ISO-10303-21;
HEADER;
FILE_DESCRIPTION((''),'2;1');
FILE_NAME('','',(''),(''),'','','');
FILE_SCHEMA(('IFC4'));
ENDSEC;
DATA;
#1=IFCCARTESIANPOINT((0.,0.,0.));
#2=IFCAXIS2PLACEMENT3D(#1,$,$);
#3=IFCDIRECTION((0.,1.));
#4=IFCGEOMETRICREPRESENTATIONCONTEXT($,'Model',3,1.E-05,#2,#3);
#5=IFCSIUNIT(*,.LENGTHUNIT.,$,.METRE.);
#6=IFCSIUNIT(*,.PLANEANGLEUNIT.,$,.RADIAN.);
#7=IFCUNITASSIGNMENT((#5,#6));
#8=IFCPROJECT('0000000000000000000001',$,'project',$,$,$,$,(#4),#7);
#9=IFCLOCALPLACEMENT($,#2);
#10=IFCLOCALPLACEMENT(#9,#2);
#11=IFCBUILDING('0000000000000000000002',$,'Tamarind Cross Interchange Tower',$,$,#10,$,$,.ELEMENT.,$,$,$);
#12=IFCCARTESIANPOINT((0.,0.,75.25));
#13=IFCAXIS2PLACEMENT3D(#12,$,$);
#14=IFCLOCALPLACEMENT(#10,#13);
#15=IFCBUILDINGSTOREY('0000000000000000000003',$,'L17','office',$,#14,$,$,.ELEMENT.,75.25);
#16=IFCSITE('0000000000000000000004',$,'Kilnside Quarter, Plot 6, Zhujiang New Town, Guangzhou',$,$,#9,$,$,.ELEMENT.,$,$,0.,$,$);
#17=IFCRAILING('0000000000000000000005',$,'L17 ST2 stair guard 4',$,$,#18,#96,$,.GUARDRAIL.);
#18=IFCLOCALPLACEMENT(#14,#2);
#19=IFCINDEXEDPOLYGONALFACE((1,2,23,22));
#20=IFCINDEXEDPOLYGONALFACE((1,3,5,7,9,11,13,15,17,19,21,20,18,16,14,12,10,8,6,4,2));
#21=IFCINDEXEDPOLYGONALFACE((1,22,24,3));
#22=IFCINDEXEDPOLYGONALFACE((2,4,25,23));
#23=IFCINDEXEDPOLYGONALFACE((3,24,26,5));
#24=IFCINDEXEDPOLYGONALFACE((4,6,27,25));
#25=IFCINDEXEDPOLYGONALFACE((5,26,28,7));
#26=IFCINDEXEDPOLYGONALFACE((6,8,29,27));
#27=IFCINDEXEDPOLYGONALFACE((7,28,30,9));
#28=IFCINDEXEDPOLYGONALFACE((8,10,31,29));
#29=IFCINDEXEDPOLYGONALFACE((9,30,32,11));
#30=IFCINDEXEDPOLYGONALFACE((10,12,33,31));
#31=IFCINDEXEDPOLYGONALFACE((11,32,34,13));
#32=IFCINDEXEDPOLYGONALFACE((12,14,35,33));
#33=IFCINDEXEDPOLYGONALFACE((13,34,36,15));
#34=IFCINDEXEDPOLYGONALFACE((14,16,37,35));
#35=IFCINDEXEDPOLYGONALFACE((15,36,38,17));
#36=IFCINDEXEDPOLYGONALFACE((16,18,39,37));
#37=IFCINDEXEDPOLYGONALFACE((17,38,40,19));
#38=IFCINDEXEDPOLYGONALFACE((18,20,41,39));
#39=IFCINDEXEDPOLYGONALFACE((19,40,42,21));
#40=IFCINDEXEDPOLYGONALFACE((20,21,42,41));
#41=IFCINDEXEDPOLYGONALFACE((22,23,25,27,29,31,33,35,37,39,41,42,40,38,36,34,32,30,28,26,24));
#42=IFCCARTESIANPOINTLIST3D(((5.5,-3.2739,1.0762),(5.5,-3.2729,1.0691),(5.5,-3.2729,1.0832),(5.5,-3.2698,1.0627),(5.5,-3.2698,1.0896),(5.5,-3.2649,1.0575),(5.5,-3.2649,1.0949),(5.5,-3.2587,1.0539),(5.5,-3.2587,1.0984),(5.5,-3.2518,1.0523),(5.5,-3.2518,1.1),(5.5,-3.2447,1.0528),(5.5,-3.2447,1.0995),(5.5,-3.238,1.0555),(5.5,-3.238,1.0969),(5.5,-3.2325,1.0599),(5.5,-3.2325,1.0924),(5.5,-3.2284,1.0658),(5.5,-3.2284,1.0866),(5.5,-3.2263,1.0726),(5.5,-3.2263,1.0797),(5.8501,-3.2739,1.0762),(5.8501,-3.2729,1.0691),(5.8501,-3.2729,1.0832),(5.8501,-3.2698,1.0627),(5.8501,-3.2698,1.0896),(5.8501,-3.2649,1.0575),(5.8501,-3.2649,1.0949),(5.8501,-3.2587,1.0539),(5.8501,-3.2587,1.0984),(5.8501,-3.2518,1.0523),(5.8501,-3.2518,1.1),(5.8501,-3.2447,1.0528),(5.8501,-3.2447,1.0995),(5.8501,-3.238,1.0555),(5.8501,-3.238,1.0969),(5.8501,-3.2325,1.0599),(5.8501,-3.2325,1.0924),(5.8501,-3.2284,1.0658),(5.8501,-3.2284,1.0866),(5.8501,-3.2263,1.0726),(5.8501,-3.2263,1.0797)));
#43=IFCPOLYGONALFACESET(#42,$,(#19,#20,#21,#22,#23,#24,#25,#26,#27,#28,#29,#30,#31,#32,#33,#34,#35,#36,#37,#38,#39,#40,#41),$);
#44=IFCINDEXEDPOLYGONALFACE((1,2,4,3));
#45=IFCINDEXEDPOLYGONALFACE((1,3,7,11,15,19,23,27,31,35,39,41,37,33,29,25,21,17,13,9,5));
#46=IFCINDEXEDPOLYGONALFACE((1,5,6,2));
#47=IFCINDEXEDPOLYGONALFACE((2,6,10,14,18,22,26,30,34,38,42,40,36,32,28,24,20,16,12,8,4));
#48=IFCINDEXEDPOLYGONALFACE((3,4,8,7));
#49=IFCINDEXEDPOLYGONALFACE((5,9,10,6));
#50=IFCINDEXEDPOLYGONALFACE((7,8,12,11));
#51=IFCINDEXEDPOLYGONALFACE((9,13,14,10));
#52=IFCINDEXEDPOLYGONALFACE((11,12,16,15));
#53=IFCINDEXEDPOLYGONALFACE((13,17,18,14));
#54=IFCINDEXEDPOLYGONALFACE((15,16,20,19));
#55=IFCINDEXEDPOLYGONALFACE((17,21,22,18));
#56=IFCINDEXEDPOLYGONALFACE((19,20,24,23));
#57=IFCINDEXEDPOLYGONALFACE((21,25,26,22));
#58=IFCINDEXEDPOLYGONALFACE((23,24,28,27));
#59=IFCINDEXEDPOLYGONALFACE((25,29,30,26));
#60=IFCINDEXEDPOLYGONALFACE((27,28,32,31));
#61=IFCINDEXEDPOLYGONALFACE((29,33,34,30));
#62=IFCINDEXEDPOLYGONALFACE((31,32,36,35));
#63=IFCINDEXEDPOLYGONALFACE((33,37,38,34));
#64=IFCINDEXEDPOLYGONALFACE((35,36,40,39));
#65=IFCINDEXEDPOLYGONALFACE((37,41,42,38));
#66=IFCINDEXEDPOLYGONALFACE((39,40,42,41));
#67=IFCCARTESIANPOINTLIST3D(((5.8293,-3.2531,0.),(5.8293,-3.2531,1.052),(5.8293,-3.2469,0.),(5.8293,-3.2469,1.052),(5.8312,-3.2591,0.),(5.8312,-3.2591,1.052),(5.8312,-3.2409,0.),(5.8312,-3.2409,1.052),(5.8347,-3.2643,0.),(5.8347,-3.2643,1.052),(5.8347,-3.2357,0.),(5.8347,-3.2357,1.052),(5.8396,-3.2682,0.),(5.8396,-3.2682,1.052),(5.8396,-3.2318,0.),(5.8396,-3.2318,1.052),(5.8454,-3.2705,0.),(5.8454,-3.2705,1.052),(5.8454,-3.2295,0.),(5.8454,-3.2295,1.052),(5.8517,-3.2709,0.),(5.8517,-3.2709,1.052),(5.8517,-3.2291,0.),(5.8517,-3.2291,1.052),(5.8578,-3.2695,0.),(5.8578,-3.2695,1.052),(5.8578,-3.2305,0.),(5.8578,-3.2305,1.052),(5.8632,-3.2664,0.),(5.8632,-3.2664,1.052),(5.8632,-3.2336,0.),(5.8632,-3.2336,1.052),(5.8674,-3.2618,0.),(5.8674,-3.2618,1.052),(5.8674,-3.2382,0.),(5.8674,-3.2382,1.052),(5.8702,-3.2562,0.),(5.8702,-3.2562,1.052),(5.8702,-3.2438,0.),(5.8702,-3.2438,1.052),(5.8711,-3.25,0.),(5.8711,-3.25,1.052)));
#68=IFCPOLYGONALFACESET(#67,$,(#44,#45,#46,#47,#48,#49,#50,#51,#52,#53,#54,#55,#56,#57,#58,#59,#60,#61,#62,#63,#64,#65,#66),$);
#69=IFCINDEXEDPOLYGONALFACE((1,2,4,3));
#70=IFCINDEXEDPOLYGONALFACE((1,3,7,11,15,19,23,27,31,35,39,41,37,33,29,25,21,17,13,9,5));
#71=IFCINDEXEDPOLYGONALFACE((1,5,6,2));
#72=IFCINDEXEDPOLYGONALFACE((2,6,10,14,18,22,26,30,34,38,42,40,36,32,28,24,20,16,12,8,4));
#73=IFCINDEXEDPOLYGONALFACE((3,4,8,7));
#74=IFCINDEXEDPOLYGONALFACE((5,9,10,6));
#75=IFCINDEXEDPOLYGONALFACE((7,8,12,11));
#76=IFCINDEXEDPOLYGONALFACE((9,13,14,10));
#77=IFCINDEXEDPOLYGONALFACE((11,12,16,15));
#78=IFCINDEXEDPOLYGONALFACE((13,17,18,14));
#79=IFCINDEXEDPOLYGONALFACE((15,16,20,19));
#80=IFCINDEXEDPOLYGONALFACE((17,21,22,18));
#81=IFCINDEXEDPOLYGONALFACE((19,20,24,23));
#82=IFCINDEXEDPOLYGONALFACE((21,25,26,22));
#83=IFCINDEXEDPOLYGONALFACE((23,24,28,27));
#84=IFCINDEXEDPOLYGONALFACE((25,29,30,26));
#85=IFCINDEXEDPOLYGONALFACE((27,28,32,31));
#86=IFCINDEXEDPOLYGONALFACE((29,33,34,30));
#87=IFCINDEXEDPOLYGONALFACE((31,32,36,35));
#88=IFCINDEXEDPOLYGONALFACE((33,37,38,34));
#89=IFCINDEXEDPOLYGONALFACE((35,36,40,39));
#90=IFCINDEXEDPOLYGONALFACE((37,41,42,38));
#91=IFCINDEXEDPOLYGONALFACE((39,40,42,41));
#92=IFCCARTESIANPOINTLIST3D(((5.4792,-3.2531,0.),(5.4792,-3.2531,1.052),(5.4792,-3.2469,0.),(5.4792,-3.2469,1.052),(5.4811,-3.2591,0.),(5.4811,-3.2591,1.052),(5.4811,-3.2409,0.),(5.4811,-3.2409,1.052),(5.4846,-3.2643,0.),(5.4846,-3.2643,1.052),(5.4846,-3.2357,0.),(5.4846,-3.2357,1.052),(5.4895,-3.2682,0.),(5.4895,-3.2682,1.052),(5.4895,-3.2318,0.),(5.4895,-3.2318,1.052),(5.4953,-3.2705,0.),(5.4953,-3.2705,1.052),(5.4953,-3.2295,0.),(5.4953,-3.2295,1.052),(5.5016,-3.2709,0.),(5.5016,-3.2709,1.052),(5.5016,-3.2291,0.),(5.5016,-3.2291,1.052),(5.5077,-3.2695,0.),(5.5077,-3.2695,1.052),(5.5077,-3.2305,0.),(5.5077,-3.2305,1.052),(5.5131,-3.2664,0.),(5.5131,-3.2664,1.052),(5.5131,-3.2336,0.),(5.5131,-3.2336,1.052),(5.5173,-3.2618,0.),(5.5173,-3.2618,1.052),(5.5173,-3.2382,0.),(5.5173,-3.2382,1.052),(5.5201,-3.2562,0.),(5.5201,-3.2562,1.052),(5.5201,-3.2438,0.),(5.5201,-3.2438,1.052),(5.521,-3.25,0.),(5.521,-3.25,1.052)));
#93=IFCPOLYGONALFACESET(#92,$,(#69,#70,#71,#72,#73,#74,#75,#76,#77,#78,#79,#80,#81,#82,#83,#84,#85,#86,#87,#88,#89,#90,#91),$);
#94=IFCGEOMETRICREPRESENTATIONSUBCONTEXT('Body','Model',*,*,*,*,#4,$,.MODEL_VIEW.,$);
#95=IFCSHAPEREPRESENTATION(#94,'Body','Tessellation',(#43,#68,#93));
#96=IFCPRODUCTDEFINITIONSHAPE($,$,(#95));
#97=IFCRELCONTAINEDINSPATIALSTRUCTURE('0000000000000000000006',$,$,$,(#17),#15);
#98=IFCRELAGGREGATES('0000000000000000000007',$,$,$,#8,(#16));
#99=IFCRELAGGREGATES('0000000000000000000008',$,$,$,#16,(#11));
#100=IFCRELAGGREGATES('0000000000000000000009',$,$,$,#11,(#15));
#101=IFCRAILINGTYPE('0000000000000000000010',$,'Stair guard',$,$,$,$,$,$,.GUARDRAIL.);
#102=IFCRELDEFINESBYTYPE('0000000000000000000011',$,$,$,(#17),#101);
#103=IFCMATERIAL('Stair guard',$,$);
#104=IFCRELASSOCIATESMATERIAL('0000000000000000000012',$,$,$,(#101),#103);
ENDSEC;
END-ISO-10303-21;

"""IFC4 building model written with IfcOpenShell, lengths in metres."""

from ifc_helpers import new_model, si_unit, direction, frame, origin, origin_2d, place, context, subcontext, project, spatial, circle, extrude, material, type_object, element, save


model = new_model("IFC4")

# Units and contexts
model_context = context("Model", 3, precision=1e-05, world=origin(), true_north=direction((0.0, 1.0)))
body_context = subcontext(model_context, "Body", "Model", "MODEL_VIEW")
ifc_project = project(units=[si_unit("LENGTHUNIT", "METRE"), si_unit("PLANEANGLEUNIT", "RADIAN")], contexts=[model_context])

# Site, building, storey
site_placement = place(None, origin())
site = spatial("IfcSite", under=ifc_project, at=site_placement, Name="Kilnside Quarter, Plot 6, Zhujiang New Town, Guangzhou", CompositionType="ELEMENT", RefElevation=0.0)
building_placement = place(site_placement, origin())
building = spatial("IfcBuilding", under=site, at=building_placement, Name="Tamarind Cross Interchange Tower", CompositionType="ELEMENT")
storey_placement = place(building_placement, frame((0.0, 0.0, 75.25)))
storey = spatial("IfcBuildingStorey", under=building, at=storey_placement, Name="L17", Description="office", CompositionType="ELEMENT", Elevation=75.25)

# Railing
ifc_material_1 = material(Name="Stair guard")
railing_type_1 = type_object("IfcRailingType", Name="Stair guard", PredefinedType="GUARDRAIL", material=ifc_material_1)
railing_1_placement = place(storey_placement, frame((5.8501, -3.25, 0.0)))
element("IfcRailing", 1, at=railing_1_placement, inside=storey, type_object=railing_type_1, Name="L17 ST2 stair guard 4", PredefinedType="GUARDRAIL", context=body_context, shape_type="SweptSolid", body=[
    extrude(circle(Radius=0.0239, at=origin_2d()), frame((0.0, 0.0, 1.0762), z_axis=(-1.0, 0.0, 0.0), x_axis=(0.0, -1.0, 0.0)), (0.0, 0.0, 1.0), 0.3501),
    extrude(circle(Radius=0.021, at=origin_2d()), origin(), (0.0, 0.0, 1.0), 1.052),
    extrude(circle(Radius=0.021, at=origin_2d()), frame((-0.3501, 0.0, 0.0)), (0.0, 0.0, 1.0), 1.052),
])

save(model, "model.ifc")
